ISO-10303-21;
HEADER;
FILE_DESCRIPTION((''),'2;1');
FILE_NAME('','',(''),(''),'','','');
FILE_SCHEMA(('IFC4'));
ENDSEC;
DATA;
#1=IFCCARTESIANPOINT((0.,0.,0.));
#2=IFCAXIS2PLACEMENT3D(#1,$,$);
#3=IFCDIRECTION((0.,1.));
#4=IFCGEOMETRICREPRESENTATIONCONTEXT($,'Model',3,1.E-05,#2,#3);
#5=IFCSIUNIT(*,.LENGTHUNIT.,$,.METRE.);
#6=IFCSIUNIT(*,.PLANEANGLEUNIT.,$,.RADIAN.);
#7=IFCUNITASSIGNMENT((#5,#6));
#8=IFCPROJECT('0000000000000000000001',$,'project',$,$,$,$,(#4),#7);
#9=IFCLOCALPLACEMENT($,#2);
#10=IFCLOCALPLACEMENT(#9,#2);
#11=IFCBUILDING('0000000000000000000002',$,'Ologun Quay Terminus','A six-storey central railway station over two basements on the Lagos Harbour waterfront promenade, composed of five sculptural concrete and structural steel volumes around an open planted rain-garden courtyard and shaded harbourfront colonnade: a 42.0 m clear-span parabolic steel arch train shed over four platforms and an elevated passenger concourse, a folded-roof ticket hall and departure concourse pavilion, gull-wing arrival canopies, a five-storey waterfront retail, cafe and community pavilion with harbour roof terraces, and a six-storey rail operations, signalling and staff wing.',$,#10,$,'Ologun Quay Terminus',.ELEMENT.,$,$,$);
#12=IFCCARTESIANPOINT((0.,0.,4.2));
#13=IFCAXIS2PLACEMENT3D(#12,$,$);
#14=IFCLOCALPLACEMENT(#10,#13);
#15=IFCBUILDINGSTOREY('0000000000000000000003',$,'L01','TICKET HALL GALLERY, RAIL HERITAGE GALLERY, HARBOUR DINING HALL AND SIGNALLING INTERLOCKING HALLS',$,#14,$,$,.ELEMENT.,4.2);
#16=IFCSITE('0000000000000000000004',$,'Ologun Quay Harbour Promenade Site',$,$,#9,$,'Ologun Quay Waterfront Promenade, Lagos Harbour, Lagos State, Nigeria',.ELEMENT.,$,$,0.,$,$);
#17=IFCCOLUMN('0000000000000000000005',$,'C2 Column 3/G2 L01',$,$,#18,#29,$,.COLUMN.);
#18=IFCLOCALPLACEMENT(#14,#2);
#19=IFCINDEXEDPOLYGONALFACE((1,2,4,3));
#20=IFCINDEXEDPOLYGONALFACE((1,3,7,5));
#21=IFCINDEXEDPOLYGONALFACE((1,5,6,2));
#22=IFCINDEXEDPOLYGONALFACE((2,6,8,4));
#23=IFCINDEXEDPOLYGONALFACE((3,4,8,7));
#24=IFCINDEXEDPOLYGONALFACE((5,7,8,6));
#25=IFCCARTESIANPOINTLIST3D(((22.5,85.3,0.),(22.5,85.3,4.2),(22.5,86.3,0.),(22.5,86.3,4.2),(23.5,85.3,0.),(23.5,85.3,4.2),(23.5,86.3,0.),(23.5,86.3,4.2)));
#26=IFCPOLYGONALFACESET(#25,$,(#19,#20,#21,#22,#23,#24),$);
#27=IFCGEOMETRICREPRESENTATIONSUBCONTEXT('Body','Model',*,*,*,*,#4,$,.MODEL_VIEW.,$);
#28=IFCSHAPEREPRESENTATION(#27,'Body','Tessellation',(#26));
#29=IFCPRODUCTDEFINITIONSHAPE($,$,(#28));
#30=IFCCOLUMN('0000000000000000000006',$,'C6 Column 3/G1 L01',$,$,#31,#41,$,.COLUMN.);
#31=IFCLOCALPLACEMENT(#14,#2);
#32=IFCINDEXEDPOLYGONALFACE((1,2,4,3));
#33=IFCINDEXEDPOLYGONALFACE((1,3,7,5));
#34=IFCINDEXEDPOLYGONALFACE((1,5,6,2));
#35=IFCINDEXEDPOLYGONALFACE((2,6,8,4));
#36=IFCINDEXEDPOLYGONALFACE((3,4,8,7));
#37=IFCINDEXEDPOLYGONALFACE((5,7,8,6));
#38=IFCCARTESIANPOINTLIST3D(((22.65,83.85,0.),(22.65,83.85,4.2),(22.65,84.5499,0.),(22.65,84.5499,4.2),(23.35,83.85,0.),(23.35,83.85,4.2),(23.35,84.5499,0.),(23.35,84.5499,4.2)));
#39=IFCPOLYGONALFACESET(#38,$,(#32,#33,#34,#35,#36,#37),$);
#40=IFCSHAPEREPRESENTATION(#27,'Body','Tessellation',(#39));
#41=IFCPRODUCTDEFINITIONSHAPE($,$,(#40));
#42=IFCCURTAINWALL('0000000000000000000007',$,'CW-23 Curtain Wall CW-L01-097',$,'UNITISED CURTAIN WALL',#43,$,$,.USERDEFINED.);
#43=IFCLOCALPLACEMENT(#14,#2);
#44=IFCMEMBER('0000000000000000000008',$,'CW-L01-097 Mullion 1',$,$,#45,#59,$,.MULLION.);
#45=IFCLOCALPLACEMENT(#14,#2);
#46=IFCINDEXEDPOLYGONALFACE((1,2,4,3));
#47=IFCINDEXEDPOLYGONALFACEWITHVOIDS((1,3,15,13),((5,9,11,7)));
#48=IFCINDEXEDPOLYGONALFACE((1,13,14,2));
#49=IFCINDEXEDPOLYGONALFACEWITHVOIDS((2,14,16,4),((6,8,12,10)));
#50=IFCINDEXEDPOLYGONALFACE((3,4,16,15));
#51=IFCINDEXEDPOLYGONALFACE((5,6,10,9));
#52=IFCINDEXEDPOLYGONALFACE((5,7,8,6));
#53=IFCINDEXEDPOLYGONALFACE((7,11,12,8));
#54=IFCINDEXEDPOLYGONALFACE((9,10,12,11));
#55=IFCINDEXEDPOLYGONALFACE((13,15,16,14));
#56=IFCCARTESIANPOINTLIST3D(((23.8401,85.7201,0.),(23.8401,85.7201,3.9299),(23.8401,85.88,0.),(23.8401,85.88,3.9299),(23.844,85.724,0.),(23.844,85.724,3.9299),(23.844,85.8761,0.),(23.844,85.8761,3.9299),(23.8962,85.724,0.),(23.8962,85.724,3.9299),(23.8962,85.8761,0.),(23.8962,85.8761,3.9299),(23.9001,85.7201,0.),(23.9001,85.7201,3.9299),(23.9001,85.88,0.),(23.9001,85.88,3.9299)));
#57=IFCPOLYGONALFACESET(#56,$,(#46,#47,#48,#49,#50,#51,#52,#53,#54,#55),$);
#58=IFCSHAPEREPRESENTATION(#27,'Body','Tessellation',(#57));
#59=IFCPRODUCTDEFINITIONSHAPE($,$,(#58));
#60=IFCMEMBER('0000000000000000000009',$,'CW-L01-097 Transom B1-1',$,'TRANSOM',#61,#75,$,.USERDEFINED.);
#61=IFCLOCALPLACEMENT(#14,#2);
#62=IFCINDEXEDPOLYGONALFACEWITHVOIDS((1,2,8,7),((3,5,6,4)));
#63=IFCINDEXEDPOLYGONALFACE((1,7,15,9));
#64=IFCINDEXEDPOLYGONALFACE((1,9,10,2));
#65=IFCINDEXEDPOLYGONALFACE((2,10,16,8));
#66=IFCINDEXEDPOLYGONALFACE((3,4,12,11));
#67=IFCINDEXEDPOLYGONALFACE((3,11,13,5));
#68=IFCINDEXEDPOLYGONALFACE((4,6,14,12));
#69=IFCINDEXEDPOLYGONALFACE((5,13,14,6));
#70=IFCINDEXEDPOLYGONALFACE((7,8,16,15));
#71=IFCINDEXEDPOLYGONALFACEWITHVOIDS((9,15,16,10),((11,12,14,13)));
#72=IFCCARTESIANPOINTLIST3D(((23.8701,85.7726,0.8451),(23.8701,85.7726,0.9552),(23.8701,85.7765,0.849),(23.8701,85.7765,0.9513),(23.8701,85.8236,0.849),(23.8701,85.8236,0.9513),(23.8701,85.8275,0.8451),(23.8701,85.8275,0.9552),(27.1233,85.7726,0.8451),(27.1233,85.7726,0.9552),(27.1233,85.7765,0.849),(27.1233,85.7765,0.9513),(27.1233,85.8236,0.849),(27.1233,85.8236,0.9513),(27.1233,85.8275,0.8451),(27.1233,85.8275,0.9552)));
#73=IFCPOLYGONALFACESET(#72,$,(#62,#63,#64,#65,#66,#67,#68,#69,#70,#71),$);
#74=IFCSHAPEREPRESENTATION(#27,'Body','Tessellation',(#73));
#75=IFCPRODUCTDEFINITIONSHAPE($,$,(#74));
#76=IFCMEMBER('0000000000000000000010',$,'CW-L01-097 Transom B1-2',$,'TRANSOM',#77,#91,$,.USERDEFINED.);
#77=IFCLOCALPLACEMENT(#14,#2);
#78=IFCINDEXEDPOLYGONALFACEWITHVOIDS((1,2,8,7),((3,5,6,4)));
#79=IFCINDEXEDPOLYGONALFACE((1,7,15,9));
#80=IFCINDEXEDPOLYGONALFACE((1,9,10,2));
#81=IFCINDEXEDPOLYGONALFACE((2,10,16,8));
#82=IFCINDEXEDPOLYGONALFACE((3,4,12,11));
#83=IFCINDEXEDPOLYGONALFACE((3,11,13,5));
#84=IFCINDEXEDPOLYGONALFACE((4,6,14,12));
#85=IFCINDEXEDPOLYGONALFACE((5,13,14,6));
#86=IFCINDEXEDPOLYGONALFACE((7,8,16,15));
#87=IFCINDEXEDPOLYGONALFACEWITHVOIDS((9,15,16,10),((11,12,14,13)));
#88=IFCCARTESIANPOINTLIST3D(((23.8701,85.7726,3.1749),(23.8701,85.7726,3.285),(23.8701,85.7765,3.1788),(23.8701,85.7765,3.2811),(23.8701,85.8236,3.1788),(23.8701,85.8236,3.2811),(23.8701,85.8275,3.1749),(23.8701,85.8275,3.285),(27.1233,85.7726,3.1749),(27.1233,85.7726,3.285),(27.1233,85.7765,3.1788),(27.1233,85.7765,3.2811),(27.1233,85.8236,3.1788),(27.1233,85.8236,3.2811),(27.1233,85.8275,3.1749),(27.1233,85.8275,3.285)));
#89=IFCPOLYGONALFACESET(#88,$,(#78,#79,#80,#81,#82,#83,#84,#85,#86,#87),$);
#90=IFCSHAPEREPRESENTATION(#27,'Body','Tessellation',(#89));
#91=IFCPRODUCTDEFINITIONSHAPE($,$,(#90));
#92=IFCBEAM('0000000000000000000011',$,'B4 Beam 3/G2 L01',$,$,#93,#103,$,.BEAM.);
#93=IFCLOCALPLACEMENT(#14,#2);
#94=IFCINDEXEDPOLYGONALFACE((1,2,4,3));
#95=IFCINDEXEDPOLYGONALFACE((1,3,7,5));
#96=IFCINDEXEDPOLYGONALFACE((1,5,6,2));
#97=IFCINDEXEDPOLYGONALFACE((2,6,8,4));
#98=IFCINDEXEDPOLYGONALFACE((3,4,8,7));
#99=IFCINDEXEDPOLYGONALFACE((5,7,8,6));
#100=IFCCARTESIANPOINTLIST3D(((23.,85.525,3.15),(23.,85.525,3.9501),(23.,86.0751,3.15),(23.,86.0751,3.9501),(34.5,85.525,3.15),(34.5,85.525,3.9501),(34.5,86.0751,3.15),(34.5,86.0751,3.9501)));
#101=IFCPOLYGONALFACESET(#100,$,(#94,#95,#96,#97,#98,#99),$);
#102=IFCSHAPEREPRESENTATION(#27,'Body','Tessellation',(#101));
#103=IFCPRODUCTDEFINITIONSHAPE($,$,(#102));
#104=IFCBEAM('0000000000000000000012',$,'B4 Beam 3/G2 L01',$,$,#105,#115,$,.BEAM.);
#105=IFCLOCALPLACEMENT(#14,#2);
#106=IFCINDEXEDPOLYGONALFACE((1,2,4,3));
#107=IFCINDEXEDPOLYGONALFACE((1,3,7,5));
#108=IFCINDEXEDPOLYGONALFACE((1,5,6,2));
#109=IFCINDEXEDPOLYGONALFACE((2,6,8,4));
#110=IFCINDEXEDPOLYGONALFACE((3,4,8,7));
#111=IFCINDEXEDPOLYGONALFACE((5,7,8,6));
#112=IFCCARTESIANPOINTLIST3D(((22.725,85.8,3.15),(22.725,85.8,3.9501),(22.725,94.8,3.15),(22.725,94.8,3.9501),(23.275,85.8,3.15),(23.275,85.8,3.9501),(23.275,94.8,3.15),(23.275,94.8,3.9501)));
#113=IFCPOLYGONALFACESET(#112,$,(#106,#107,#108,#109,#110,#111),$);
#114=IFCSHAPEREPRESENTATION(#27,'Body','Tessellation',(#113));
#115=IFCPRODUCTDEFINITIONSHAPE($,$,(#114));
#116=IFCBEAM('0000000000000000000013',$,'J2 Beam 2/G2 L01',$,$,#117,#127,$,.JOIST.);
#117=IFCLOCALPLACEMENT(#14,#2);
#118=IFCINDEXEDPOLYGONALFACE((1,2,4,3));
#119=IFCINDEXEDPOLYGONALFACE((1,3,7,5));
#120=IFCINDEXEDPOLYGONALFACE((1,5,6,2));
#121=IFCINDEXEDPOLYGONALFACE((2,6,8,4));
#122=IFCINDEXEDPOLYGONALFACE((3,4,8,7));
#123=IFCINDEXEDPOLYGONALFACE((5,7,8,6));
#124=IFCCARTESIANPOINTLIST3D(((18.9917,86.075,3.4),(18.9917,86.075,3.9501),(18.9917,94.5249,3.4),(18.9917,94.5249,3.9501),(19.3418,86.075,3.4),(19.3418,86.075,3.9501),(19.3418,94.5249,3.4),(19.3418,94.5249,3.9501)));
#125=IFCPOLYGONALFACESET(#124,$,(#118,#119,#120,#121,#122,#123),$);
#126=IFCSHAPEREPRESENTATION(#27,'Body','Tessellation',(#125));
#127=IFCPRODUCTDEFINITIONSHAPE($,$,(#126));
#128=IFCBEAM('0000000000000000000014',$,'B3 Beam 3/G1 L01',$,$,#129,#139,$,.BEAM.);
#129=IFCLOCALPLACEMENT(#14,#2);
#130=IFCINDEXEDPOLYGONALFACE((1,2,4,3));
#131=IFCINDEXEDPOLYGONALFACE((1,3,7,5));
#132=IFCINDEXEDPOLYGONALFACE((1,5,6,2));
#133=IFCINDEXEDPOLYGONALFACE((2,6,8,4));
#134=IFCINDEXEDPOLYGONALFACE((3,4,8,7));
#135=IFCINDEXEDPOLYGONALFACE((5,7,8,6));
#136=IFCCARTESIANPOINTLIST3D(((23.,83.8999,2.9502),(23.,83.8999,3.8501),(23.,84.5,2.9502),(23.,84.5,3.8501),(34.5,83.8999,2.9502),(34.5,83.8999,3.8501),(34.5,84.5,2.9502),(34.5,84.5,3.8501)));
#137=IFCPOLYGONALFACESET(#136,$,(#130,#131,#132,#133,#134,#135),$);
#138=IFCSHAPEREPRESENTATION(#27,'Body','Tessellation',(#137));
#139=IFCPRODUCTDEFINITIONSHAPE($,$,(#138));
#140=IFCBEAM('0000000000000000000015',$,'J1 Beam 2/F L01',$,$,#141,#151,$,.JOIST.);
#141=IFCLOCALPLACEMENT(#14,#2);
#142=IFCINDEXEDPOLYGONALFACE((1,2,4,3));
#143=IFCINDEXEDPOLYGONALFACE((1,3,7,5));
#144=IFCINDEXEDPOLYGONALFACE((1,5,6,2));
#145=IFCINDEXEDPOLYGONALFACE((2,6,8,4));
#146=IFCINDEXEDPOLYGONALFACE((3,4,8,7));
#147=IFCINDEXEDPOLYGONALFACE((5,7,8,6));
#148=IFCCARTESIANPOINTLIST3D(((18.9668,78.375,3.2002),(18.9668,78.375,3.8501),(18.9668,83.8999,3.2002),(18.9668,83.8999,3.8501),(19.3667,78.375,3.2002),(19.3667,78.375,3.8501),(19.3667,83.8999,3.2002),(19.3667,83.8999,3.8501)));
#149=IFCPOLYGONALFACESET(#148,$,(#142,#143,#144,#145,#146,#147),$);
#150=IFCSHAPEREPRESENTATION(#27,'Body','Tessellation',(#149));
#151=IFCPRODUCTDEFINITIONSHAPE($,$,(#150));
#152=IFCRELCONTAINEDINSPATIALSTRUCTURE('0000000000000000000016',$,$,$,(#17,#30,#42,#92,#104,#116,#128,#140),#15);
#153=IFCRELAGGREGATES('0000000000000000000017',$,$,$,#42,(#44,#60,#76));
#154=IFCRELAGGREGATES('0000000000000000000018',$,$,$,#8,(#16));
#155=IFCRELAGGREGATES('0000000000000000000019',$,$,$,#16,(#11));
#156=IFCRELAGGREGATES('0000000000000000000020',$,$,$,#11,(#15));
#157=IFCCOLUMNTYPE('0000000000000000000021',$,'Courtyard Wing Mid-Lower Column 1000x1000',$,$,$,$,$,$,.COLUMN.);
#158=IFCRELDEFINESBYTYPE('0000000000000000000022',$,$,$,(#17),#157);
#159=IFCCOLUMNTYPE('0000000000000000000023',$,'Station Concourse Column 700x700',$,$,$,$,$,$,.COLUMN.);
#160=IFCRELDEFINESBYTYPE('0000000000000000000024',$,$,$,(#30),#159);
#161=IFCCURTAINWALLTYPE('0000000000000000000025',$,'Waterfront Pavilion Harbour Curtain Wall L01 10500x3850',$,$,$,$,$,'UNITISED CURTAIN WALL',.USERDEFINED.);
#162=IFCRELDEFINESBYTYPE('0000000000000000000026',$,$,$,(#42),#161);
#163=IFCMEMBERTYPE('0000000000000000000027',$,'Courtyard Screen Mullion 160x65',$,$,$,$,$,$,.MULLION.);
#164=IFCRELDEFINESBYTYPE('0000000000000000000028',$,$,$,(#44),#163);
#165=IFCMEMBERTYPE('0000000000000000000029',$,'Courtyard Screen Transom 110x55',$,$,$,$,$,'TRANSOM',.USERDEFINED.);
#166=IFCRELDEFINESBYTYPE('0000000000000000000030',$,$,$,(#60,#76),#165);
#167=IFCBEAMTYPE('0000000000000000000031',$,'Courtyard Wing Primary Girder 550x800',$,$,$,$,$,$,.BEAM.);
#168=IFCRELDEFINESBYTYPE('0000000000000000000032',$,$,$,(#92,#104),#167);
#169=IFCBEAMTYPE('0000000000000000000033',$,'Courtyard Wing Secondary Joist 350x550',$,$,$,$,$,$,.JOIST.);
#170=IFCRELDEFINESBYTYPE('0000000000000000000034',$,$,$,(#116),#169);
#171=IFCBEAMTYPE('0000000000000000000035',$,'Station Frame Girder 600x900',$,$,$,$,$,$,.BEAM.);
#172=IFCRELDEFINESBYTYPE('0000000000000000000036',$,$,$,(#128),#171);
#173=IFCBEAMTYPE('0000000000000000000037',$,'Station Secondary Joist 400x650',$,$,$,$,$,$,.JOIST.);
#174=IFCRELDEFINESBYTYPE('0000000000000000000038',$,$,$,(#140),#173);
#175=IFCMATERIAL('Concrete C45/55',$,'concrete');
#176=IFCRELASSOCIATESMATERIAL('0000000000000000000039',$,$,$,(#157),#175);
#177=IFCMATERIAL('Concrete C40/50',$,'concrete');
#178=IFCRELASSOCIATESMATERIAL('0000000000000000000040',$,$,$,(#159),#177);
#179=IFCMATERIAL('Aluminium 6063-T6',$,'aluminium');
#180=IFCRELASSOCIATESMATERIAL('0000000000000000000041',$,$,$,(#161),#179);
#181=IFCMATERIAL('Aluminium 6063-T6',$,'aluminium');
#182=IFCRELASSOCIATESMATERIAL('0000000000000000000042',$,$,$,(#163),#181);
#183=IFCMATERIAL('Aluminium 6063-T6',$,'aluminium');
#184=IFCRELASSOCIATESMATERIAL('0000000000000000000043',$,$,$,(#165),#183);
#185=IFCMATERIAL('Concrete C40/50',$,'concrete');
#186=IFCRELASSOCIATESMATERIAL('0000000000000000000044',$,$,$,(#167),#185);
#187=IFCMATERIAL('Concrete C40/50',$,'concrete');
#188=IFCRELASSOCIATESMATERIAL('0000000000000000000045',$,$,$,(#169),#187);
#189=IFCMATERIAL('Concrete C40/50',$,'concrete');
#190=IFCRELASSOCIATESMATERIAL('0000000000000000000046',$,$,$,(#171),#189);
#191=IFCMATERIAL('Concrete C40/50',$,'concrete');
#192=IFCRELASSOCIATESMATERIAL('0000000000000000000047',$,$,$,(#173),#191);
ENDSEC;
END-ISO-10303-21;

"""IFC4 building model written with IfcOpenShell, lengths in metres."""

from ifc_helpers import new_model, si_unit, direction, frame, origin, origin_2d, place, context, subcontext, project, spatial, rectangle, hollow_rectangle, extrude, material, material_profile, profile_set, type_object, element, aggregate, save


model = new_model("IFC4")

# Units and contexts
model_context = context("Model", 3, precision=1e-05, world=origin(), true_north=direction((0.0, 1.0)))
body_context = subcontext(model_context, "Body", "Model", "MODEL_VIEW")
ifc_project = project(units=[si_unit("LENGTHUNIT", "METRE"), si_unit("PLANEANGLEUNIT", "RADIAN")], contexts=[model_context])

# Site, building, storey
site_placement = place(None, origin())
site = spatial("IfcSite", under=ifc_project, at=site_placement, Name="Ologun Quay Harbour Promenade Site", LongName="Ologun Quay Waterfront Promenade, Lagos Harbour, Lagos State, Nigeria", CompositionType="ELEMENT", RefElevation=0.0)
building_placement = place(site_placement, origin())
building = spatial("IfcBuilding", under=site, at=building_placement, Name="Ologun Quay Terminus", Description="A six-storey central railway station over two basements on the Lagos Harbour waterfront promenade, composed of five sculptural concrete and structural steel volumes around an open planted rain-garden courtyard and shaded harbourfront colonnade: a 42.0 m clear-span parabolic steel arch train shed over four platforms and an elevated passenger concourse, a folded-roof ticket hall and departure concourse pavilion, gull-wing arrival canopies, a five-storey waterfront retail, cafe and community pavilion with harbour roof terraces, and a six-storey rail operations, signalling and staff wing.", LongName="Ologun Quay Terminus", CompositionType="ELEMENT")
storey_placement = place(building_placement, frame((0.0, 0.0, 4.2)))
storey = spatial("IfcBuildingStorey", under=building, at=storey_placement, Name="L01", Description="TICKET HALL GALLERY, RAIL HERITAGE GALLERY, HARBOUR DINING HALL AND SIGNALLING INTERLOCKING HALLS", CompositionType="ELEMENT", Elevation=4.2)

# Columns
ifc_material_1 = material(Name="Concrete C45/55", Category="concrete")
ifc_material_profile_1 = material_profile(ifc_material_1, rectangle(XDim=1.0, YDim=1.0, at=origin_2d()), Name="RC 1000x1000")
ifc_profile_set_1 = profile_set([ifc_material_profile_1], Name="Concrete C45/55")
column_type_1 = type_object("IfcColumnType", Name="Courtyard Wing Mid-Lower Column 1000x1000", PredefinedType="COLUMN", material=ifc_profile_set_1)
column_1_placement = place(storey_placement, frame((23.0, 85.8, 0.0), z_axis=(0.0, 0.0, 1.0), x_axis=(1.0, 0.0, 0.0)))
element("IfcColumn", 1, at=column_1_placement, inside=storey, type_object=column_type_1, Name="C2 Column 3/G2 L01", PredefinedType="COLUMN", context=body_context, shape_type="SweptSolid", body=[
    extrude(rectangle(XDim=1.0, YDim=1.0, at=origin_2d()), origin(), (0.0, 0.0, 1.0), 4.2),
])
ifc_material_2 = material(Name="Concrete C40/50", Category="concrete")
ifc_material_profile_2 = material_profile(ifc_material_2, rectangle(XDim=0.7, YDim=0.7, at=origin_2d()), Name="RC 700x700")
ifc_profile_set_2 = profile_set([ifc_material_profile_2], Name="Concrete C40/50")
column_type_2 = type_object("IfcColumnType", Name="Station Concourse Column 700x700", PredefinedType="COLUMN", material=ifc_profile_set_2)
column_2_placement = place(storey_placement, frame((23.0, 84.2, 0.0), z_axis=(0.0, 0.0, 1.0), x_axis=(1.0, 0.0, 0.0)))
element("IfcColumn", 2, at=column_2_placement, inside=storey, type_object=column_type_2, Name="C6 Column 3/G1 L01", PredefinedType="COLUMN", context=body_context, shape_type="SweptSolid", body=[
    extrude(rectangle(XDim=0.7, YDim=0.7, at=origin_2d()), origin(), (0.0, 0.0, 1.0), 4.2),
])

# Curtain wall, members
ifc_material_3 = material(Name="Aluminium 6063-T6", Category="aluminium")
curtain_wall_type = type_object("IfcCurtainWallType", Name="Waterfront Pavilion Harbour Curtain Wall L01 10500x3850", ElementType="UNITISED CURTAIN WALL", PredefinedType="USERDEFINED", material=ifc_material_3)
curtain_wall_placement = place(storey_placement, origin())
curtain_wall = element("IfcCurtainWall", 3, at=curtain_wall_placement, inside=storey, type_object=curtain_wall_type, Name="CW-23 Curtain Wall CW-L01-097", ObjectType="UNITISED CURTAIN WALL", PredefinedType="USERDEFINED")
ifc_material_4 = material(Name="Aluminium 6063-T6", Category="aluminium")
ifc_material_profile_3 = material_profile(ifc_material_4, hollow_rectangle(XDim=0.0601, YDim=0.1599, WallThickness=0.0039, at=origin_2d()), Name="ALU 160x60x4")
ifc_profile_set_3 = profile_set([ifc_material_profile_3], Name="Aluminium 6063-T6")
member_type_1 = type_object("IfcMemberType", Name="Courtyard Screen Mullion 160x65", PredefinedType="MULLION", material=ifc_profile_set_3)
member_1_placement = place(storey_placement, frame((23.8701, 85.8, 0.0), z_axis=(0.0, 0.0, 1.0), x_axis=(1.0, 0.0, 0.0)))
member_1 = element("IfcMember", 4, at=member_1_placement, type_object=member_type_1, Name="CW-L01-097 Mullion 1", PredefinedType="MULLION", context=body_context, shape_type="SweptSolid", body=[
    extrude(hollow_rectangle(XDim=0.0601, YDim=0.1599, WallThickness=0.0039, at=origin_2d()), origin(), (0.0, 0.0, 1.0), 3.9299),
])
ifc_material_5 = material(Name="Aluminium 6063-T6", Category="aluminium")
ifc_material_profile_4 = material_profile(ifc_material_5, hollow_rectangle(XDim=0.0549, YDim=0.1101, WallThickness=0.0039, at=origin_2d()), Name="ALU 110x55x4")
ifc_profile_set_4 = profile_set([ifc_material_profile_4], Name="Aluminium 6063-T6")
member_type_2 = type_object("IfcMemberType", Name="Courtyard Screen Transom 110x55", ElementType="TRANSOM", PredefinedType="USERDEFINED", material=ifc_profile_set_4)
member_2_placement = place(storey_placement, frame((23.8701, 85.8, 0.9001), z_axis=(1.0, 0.0, 0.0), x_axis=(0.0, 1.0, 0.0)))
member_2 = element("IfcMember", 5, at=member_2_placement, type_object=member_type_2, Name="CW-L01-097 Transom B1-1", ObjectType="TRANSOM", PredefinedType="USERDEFINED", context=body_context, shape_type="SweptSolid", body=[
    extrude(hollow_rectangle(XDim=0.0549, YDim=0.1101, WallThickness=0.0039, at=origin_2d()), origin(), (0.0, 0.0, 1.0), 3.2532),
])
member_3_placement = place(storey_placement, frame((23.8701, 85.8, 3.23), z_axis=(1.0, 0.0, 0.0), x_axis=(0.0, 1.0, 0.0)))
member_3 = element("IfcMember", 6, at=member_3_placement, type_object=member_type_2, Name="CW-L01-097 Transom B1-2", ObjectType="TRANSOM", PredefinedType="USERDEFINED", context=body_context, shape_type="SweptSolid", body=[
    extrude(hollow_rectangle(XDim=0.0549, YDim=0.1101, WallThickness=0.0039, at=origin_2d()), origin(), (0.0, 0.0, 1.0), 3.2532),
])
aggregate(curtain_wall, [member_1, member_2, member_3])

# Beams
ifc_material_6 = material(Name="Concrete C40/50", Category="concrete")
ifc_material_profile_5 = material_profile(ifc_material_6, rectangle(XDim=0.55, YDim=0.8, at=origin_2d()), Name="RC 550x800")
ifc_profile_set_5 = profile_set([ifc_material_profile_5], Name="Concrete C40/50")
beam_type_1 = type_object("IfcBeamType", Name="Courtyard Wing Primary Girder 550x800", PredefinedType="BEAM", material=ifc_profile_set_5)
beam_1_placement = place(storey_placement, frame((23.0, 85.8, 3.55), z_axis=(1.0, 0.0, 0.0), x_axis=(0.0, 1.0, 0.0)))
element("IfcBeam", 7, at=beam_1_placement, inside=storey, type_object=beam_type_1, Name="B4 Beam 3/G2 L01", PredefinedType="BEAM", context=body_context, shape_type="SweptSolid", body=[
    extrude(rectangle(XDim=0.55, YDim=0.8, at=origin_2d()), origin(), (0.0, 0.0, 1.0), 11.5),
])
beam_2_placement = place(storey_placement, frame((23.0, 85.8, 3.55), z_axis=(0.0, 1.0, 0.0), x_axis=(-1.0, 0.0, 0.0)))
element("IfcBeam", 8, at=beam_2_placement, inside=storey, type_object=beam_type_1, Name="B4 Beam 3/G2 L01", PredefinedType="BEAM", context=body_context, shape_type="SweptSolid", body=[
    extrude(rectangle(XDim=0.55, YDim=0.8, at=origin_2d()), origin(), (0.0, 0.0, 1.0), 9.0),
])
ifc_material_7 = material(Name="Concrete C40/50", Category="concrete")
ifc_material_profile_6 = material_profile(ifc_material_7, rectangle(XDim=0.3501, YDim=0.55, at=origin_2d()), Name="RC 350x550")
ifc_profile_set_6 = profile_set([ifc_material_profile_6], Name="Concrete C40/50")
beam_type_2 = type_object("IfcBeamType", Name="Courtyard Wing Secondary Joist 350x550", PredefinedType="JOIST", material=ifc_profile_set_6)
beam_3_placement = place(storey_placement, frame((19.1667, 86.075, 3.675), z_axis=(0.0, 1.0, 0.0), x_axis=(-1.0, 0.0, 0.0)))
element("IfcBeam", 9, at=beam_3_placement, inside=storey, type_object=beam_type_2, Name="J2 Beam 2/G2 L01", PredefinedType="JOIST", context=body_context, shape_type="SweptSolid", body=[
    extrude(rectangle(XDim=0.3501, YDim=0.55, at=origin_2d()), origin(), (0.0, 0.0, 1.0), 8.45),
])
ifc_material_8 = material(Name="Concrete C40/50", Category="concrete")
ifc_material_profile_7 = material_profile(ifc_material_8, rectangle(XDim=0.6001, YDim=0.8999, at=origin_2d()), Name="RC 600x900")
ifc_profile_set_7 = profile_set([ifc_material_profile_7], Name="Concrete C40/50")
beam_type_3 = type_object("IfcBeamType", Name="Station Frame Girder 600x900", PredefinedType="BEAM", material=ifc_profile_set_7)
beam_4_placement = place(storey_placement, frame((23.0, 84.2, 3.4001), z_axis=(1.0, 0.0, 0.0), x_axis=(0.0, 1.0, 0.0)))
element("IfcBeam", 10, at=beam_4_placement, inside=storey, type_object=beam_type_3, Name="B3 Beam 3/G1 L01", PredefinedType="BEAM", context=body_context, shape_type="SweptSolid", body=[
    extrude(rectangle(XDim=0.6001, YDim=0.8999, at=origin_2d()), origin(), (0.0, 0.0, 1.0), 11.5),
])
ifc_material_9 = material(Name="Concrete C40/50", Category="concrete")
ifc_material_profile_8 = material_profile(ifc_material_9, rectangle(XDim=0.3999, YDim=0.6499, at=origin_2d()), Name="RC 400x650")
ifc_profile_set_8 = profile_set([ifc_material_profile_8], Name="Concrete C40/50")
beam_type_4 = type_object("IfcBeamType", Name="Station Secondary Joist 400x650", PredefinedType="JOIST", material=ifc_profile_set_8)
beam_5_placement = place(storey_placement, frame((19.1667, 78.375, 3.5251), z_axis=(0.0, 1.0, 0.0), x_axis=(-1.0, 0.0, 0.0)))
element("IfcBeam", 11, at=beam_5_placement, inside=storey, type_object=beam_type_4, Name="J1 Beam 2/F L01", PredefinedType="JOIST", context=body_context, shape_type="SweptSolid", body=[
    extrude(rectangle(XDim=0.3999, YDim=0.6499, at=origin_2d()), origin(), (0.0, 0.0, 1.0), 5.5249),
])

save(model, "model.ifc")
